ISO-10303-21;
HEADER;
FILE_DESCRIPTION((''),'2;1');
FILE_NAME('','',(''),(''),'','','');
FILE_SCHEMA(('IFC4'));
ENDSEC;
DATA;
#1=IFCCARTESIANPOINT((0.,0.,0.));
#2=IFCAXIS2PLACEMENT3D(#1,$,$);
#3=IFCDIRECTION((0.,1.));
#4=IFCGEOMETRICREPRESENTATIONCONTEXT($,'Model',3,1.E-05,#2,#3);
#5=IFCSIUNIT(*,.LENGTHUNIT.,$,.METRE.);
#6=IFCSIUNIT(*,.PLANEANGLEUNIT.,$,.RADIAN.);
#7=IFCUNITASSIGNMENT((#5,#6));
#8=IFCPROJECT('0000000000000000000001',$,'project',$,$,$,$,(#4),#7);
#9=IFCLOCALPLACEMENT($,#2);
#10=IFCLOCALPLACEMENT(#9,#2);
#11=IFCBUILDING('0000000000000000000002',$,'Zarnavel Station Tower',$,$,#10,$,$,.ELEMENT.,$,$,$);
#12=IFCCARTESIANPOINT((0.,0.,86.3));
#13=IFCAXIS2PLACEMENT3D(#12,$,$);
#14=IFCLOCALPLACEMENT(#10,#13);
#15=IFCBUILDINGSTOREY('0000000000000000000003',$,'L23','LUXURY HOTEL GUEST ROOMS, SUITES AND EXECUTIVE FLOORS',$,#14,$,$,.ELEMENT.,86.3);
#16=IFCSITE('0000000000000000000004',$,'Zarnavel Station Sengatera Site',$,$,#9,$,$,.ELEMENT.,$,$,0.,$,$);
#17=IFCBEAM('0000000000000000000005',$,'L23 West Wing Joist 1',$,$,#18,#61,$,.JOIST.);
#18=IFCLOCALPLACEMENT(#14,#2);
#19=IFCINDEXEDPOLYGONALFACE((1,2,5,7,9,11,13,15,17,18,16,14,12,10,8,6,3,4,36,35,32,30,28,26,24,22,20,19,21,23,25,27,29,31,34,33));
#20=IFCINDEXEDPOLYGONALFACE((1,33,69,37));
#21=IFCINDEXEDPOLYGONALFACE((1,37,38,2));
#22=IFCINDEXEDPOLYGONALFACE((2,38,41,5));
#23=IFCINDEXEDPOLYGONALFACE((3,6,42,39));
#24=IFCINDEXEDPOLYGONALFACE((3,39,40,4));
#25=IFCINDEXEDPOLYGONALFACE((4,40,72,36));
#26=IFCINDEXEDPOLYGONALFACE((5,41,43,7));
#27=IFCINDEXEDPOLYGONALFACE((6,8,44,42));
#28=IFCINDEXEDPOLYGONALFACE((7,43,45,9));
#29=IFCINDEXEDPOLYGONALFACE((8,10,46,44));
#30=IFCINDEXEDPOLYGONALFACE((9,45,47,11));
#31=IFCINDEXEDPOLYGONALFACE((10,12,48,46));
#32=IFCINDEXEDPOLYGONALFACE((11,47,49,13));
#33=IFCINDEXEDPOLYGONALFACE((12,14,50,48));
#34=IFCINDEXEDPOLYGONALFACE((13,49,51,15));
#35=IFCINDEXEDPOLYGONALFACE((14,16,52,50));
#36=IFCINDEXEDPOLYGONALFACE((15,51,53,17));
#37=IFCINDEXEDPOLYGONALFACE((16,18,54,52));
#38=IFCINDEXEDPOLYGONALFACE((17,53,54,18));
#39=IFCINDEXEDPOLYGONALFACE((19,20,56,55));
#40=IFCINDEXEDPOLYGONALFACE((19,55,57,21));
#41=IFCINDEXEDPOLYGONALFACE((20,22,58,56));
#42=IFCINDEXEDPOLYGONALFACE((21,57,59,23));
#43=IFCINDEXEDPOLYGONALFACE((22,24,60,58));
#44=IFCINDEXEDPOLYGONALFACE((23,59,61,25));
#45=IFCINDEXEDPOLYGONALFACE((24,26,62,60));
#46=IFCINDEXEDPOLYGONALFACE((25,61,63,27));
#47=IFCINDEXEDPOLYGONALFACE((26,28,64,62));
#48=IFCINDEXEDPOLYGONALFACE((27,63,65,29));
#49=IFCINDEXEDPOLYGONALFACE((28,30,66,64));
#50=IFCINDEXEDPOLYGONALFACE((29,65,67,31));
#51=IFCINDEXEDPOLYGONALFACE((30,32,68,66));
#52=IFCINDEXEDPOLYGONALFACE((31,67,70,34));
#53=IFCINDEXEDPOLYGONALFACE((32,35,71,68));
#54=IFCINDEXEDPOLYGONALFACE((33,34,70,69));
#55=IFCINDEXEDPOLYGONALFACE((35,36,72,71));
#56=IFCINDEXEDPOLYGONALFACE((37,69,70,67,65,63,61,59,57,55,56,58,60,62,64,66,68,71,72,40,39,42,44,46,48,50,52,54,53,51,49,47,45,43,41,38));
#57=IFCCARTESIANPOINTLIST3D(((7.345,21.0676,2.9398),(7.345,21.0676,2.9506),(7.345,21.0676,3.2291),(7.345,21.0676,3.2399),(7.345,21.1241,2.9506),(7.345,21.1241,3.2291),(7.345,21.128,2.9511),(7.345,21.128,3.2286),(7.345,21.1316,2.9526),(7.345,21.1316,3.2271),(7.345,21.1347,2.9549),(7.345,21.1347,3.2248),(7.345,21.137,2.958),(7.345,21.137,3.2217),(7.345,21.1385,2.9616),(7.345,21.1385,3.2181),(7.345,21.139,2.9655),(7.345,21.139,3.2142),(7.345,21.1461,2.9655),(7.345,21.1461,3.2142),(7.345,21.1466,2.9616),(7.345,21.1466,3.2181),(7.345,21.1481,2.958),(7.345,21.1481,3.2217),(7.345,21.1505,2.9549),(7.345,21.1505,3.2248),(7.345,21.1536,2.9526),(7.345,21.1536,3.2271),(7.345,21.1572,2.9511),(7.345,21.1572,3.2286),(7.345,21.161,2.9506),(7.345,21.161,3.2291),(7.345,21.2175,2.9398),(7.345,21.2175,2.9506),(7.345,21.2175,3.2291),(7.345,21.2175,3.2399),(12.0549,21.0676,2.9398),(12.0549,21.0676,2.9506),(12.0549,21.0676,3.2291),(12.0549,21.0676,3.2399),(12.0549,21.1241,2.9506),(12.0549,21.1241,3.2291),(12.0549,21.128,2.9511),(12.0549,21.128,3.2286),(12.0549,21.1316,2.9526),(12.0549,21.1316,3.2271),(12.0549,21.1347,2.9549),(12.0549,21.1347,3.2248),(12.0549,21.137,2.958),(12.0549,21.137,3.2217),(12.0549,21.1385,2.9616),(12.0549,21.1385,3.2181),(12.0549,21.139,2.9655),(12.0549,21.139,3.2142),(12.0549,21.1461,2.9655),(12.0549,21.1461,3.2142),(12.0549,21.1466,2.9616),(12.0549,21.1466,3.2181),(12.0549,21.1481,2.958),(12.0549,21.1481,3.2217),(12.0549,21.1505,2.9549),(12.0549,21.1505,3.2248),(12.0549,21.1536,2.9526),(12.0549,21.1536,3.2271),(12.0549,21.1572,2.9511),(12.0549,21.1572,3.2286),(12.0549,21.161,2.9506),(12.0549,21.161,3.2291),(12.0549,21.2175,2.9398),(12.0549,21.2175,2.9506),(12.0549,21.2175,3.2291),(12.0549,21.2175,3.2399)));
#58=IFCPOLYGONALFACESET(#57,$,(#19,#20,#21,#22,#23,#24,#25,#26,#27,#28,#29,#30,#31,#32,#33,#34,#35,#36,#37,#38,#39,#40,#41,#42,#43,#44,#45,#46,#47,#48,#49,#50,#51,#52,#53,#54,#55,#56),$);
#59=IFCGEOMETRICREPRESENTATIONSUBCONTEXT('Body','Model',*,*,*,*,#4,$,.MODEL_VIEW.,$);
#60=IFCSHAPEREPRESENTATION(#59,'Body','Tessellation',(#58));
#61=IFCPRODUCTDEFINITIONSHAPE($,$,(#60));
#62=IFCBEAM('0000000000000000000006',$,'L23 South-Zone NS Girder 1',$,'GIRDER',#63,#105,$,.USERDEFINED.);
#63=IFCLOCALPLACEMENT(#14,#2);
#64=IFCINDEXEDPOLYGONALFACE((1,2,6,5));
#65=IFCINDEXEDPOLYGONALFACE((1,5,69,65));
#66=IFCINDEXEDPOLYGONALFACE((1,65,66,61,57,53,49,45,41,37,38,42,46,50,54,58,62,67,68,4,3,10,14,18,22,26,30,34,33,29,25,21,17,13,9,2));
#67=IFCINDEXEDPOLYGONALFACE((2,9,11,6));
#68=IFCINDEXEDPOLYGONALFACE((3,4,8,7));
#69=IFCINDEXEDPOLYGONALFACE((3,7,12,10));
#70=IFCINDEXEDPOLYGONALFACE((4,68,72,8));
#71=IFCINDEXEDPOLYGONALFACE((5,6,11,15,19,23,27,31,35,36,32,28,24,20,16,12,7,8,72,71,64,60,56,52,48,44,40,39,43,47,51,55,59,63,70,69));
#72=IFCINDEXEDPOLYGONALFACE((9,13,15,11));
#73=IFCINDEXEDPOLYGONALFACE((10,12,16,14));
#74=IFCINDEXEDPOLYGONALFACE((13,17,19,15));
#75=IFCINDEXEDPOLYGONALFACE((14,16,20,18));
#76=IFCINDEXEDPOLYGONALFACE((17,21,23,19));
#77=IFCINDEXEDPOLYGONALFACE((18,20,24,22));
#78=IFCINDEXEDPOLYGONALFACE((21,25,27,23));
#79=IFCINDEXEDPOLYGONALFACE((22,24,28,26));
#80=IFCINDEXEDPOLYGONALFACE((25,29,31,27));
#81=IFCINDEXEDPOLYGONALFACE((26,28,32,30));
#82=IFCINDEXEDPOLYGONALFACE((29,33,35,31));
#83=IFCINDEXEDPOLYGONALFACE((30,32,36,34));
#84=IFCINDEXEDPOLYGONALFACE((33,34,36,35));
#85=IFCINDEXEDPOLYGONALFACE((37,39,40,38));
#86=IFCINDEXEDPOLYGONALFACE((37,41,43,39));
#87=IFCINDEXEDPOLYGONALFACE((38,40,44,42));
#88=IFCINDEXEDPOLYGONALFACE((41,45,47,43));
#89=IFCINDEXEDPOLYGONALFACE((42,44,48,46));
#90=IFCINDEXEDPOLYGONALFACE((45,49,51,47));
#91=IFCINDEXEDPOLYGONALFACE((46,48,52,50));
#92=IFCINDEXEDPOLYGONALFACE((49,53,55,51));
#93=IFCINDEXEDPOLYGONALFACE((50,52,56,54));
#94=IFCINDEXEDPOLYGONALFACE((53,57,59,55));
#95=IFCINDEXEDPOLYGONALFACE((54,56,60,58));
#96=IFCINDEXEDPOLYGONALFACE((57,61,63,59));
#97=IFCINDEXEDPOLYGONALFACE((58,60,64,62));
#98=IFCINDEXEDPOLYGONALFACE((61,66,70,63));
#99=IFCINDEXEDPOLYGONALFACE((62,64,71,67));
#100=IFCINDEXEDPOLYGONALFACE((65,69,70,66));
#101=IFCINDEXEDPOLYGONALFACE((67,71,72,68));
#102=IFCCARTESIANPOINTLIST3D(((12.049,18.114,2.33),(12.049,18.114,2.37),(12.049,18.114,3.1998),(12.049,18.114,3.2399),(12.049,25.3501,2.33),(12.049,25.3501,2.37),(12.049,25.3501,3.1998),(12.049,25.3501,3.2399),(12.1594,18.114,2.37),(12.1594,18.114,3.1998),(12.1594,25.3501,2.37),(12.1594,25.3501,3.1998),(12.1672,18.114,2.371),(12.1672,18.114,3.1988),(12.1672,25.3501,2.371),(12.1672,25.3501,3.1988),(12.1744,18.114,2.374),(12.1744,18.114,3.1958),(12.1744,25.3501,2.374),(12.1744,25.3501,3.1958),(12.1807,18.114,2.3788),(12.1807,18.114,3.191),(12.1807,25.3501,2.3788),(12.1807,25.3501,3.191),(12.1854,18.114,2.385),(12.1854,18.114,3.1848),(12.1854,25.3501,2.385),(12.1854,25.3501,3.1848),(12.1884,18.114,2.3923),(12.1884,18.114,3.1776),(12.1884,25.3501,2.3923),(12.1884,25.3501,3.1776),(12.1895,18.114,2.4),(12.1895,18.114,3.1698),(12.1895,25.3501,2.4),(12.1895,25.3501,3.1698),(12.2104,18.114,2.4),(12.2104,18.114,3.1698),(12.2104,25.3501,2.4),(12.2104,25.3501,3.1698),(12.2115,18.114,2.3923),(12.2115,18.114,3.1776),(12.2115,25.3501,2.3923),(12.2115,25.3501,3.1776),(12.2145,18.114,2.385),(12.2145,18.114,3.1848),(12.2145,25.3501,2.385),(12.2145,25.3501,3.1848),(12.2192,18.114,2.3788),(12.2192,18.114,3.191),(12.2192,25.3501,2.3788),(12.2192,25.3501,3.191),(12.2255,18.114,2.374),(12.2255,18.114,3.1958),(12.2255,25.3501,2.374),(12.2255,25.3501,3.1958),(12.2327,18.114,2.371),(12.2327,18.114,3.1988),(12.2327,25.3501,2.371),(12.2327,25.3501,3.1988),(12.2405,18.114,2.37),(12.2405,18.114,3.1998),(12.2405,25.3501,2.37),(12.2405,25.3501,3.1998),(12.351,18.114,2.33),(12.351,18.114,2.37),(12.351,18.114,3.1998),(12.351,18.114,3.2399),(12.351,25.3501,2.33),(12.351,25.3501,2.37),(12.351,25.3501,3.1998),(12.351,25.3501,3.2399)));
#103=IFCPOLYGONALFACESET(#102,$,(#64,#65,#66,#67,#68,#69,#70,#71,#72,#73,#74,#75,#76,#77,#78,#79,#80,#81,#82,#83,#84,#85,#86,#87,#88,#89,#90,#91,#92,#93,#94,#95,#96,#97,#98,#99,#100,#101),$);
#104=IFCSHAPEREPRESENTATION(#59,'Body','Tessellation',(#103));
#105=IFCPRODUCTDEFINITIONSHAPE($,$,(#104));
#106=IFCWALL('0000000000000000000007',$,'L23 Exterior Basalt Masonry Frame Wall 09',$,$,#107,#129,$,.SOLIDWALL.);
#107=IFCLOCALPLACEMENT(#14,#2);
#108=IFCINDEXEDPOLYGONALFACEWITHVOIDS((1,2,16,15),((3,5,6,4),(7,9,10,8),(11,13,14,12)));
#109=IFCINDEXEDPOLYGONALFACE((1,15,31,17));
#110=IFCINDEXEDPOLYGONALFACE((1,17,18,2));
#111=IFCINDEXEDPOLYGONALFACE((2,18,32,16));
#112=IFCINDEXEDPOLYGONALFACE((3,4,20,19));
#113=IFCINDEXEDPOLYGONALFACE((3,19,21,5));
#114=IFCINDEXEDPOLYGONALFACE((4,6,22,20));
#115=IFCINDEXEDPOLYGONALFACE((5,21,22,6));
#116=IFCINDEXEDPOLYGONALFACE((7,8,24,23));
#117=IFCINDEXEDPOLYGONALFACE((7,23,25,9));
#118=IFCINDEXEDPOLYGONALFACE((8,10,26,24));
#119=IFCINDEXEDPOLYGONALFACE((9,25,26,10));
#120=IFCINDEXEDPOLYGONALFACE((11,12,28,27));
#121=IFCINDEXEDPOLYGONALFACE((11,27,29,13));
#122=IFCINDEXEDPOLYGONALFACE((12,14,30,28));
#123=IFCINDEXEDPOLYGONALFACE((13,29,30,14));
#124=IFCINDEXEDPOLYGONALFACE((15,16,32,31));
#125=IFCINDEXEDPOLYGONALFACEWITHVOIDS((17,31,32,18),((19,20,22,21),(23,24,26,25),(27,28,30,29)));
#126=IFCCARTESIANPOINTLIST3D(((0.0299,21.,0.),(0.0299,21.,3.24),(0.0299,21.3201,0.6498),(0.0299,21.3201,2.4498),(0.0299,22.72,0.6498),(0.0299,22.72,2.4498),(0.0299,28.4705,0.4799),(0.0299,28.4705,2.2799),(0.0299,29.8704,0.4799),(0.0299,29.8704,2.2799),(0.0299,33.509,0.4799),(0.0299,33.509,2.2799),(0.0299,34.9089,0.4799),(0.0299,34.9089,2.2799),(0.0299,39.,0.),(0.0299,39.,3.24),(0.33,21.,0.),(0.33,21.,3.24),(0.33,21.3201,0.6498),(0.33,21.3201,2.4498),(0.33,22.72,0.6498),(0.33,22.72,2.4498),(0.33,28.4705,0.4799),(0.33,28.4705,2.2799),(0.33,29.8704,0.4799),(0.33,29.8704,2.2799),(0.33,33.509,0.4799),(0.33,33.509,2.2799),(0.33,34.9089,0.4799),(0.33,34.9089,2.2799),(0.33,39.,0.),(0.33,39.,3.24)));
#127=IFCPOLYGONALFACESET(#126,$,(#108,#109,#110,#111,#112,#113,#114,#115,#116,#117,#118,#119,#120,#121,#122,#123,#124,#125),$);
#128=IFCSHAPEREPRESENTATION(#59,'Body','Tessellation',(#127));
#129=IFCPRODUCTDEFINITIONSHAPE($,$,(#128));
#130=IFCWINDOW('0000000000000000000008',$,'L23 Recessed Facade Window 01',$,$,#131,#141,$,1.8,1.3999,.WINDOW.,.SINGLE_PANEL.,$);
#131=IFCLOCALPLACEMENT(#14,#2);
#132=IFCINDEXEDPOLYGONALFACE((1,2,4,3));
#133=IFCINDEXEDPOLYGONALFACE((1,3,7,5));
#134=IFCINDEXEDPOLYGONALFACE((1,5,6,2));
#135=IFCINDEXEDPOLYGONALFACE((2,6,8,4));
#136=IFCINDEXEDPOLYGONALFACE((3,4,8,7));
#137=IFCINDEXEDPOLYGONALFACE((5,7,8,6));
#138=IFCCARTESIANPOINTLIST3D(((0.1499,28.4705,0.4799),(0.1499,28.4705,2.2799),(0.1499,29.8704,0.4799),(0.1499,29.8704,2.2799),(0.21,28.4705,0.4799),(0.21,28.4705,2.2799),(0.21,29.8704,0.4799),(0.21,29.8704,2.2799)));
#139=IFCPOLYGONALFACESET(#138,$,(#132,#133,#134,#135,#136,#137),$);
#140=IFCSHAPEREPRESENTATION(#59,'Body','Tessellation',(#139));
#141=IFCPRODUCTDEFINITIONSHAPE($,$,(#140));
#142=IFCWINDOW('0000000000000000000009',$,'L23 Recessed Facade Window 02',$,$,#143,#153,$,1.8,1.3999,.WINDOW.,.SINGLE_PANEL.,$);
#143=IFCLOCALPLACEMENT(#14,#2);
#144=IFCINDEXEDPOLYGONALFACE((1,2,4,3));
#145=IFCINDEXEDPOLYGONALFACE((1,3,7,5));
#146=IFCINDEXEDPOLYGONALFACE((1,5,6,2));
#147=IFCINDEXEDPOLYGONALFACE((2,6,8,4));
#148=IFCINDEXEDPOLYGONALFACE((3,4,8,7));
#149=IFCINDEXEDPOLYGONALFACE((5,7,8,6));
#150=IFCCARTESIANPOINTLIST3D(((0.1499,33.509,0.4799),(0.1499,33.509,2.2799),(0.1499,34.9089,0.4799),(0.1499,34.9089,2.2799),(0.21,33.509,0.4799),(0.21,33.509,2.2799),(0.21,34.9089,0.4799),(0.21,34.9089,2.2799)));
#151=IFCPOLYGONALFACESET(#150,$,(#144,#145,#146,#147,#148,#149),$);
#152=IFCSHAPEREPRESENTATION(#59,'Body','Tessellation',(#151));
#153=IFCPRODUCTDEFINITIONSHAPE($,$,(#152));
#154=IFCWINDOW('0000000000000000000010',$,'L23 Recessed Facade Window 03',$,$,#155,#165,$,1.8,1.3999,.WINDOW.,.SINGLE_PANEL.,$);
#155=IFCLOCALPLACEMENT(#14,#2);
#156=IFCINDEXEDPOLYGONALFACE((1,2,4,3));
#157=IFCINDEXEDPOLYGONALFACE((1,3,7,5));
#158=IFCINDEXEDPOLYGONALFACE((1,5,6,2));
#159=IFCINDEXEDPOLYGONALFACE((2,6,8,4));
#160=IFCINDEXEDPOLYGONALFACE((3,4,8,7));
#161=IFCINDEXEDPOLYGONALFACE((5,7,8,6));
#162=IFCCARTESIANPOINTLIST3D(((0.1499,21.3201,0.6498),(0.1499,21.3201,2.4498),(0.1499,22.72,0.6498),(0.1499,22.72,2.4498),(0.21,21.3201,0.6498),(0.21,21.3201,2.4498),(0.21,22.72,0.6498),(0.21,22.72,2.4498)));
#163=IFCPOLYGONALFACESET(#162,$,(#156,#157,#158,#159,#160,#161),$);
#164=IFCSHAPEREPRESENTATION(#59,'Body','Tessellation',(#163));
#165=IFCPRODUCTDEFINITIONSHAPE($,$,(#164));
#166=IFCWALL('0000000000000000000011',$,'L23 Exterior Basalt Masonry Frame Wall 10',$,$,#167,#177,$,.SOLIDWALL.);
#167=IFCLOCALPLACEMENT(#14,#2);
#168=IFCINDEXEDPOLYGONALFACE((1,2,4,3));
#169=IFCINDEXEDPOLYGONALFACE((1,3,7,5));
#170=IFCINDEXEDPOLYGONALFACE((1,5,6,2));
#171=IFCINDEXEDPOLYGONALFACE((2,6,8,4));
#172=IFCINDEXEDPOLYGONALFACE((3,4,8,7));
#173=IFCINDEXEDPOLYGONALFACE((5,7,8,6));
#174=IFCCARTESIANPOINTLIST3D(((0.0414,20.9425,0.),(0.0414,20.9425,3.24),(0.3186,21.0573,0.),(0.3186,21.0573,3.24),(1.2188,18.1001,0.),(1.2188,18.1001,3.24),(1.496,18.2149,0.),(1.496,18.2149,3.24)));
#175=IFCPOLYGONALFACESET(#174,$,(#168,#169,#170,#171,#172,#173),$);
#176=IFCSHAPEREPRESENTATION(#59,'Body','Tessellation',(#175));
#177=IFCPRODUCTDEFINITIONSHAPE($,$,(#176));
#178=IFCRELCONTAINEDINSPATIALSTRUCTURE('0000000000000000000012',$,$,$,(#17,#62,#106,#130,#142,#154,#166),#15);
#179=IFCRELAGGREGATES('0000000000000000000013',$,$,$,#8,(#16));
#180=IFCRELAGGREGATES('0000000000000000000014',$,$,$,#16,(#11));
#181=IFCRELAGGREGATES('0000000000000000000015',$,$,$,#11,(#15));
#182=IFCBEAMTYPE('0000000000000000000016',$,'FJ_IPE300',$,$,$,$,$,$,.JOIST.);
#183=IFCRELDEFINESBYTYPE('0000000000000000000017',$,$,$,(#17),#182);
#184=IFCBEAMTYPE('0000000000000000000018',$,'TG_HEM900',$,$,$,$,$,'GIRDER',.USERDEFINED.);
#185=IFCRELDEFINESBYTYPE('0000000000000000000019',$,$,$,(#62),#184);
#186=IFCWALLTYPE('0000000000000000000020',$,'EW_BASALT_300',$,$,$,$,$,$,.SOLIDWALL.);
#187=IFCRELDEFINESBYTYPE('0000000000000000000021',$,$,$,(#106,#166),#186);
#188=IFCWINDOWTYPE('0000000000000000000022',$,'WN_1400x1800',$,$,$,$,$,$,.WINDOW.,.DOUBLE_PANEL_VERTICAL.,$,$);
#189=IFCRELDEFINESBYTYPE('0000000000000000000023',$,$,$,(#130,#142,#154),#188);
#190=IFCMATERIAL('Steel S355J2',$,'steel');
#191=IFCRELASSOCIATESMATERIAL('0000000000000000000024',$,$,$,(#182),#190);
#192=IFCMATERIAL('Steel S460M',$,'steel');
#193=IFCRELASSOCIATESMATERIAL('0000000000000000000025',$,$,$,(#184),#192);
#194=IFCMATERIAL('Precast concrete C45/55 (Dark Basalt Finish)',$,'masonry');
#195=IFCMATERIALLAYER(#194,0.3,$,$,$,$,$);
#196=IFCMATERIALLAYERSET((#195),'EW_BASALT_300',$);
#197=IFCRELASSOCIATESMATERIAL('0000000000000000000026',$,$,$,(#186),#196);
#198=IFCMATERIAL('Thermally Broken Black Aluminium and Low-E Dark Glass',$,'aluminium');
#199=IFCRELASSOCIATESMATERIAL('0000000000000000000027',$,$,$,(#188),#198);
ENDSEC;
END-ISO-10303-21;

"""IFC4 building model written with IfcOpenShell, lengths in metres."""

from ifc_helpers import new_model, si_unit, direction, frame, frame_2d, origin, origin_2d, place, context, subcontext, project, spatial, rectangle, i_section, extrude, material, layer, layer_set, material_profile, profile_set, type_object, element, fill, save


model = new_model("IFC4")

# Units and contexts
model_context = context("Model", 3, precision=1e-05, world=origin(), true_north=direction((0.0, 1.0)))
body_context = subcontext(model_context, "Body", "Model", "MODEL_VIEW")
ifc_project = project(units=[si_unit("LENGTHUNIT", "METRE"), si_unit("PLANEANGLEUNIT", "RADIAN")], contexts=[model_context])

# Site, building, storey
site_placement = place(None, origin())
site = spatial("IfcSite", under=ifc_project, at=site_placement, Name="Zarnavel Station Sengatera Site", CompositionType="ELEMENT", RefElevation=0.0)
building_placement = place(site_placement, origin())
building = spatial("IfcBuilding", under=site, at=building_placement, Name="Zarnavel Station Tower", CompositionType="ELEMENT")
storey_placement = place(building_placement, frame((0.0, 0.0, 86.3)))
storey = spatial("IfcBuildingStorey", under=building, at=storey_placement, Name="L23", Description="LUXURY HOTEL GUEST ROOMS, SUITES AND EXECUTIVE FLOORS", CompositionType="ELEMENT", Elevation=86.3)

# Beams
ifc_material_1 = material(Name="Steel S355J2", Category="steel")
ifc_material_profile_1 = material_profile(ifc_material_1, i_section(OverallWidth=0.1499, OverallDepth=0.3, WebThickness=0.0071, FlangeThickness=0.0107, FilletRadius=0.0149, at=origin_2d()), Name="IPE300")
ifc_profile_set_1 = profile_set([ifc_material_profile_1], Name="Steel S355J2")
beam_type_1 = type_object("IfcBeamType", Name="FJ_IPE300", PredefinedType="JOIST", material=ifc_profile_set_1)
beam_1_placement = place(storey_placement, frame((7.345, 21.1426, 3.0898), z_axis=(1.0, 0.0, 0.0), x_axis=(0.0, 1.0, 0.0)))
element("IfcBeam", 1, at=beam_1_placement, inside=storey, type_object=beam_type_1, Name="L23 West Wing Joist 1", PredefinedType="JOIST", context=body_context, shape_type="SweptSolid", body=[
    extrude(i_section(OverallWidth=0.1499, OverallDepth=0.3, WebThickness=0.0071, FlangeThickness=0.0107, FilletRadius=0.0149, at=origin_2d()), origin(), (0.0, 0.0, 1.0), 4.71),
])
ifc_material_2 = material(Name="Steel S460M", Category="steel")
ifc_material_profile_2 = material_profile(ifc_material_2, i_section(OverallWidth=0.302, OverallDepth=0.9099, WebThickness=0.021, FlangeThickness=0.04, FilletRadius=0.03, at=origin_2d()), Name="HEM900")
ifc_profile_set_2 = profile_set([ifc_material_profile_2], Name="Steel S460M")
beam_type_2 = type_object("IfcBeamType", Name="TG_HEM900", ElementType="GIRDER", PredefinedType="USERDEFINED", material=ifc_profile_set_2)
beam_2_placement = place(storey_placement, frame((12.2, 18.114, 2.7849), z_axis=(0.0, 1.0, 0.0), x_axis=(-1.0, 0.0, 0.0)))
element("IfcBeam", 2, at=beam_2_placement, inside=storey, type_object=beam_type_2, Name="L23 South-Zone NS Girder 1", ObjectType="GIRDER", PredefinedType="USERDEFINED", context=body_context, shape_type="SweptSolid", body=[
    extrude(i_section(OverallWidth=0.302, OverallDepth=0.9099, WebThickness=0.021, FlangeThickness=0.04, FilletRadius=0.03, at=origin_2d()), origin(), (0.0, 0.0, 1.0), 7.2361),
])

# Wall, openings, windows
ifc_material_3 = material(Name="Precast concrete C45/55 (Dark Basalt Finish)", Category="masonry")
ifc_layer_1 = layer(ifc_material_3, 0.3)
ifc_layer_set_1 = layer_set([ifc_layer_1], Name="EW_BASALT_300")
wall_type_1 = type_object("IfcWallType", Name="EW_BASALT_300", PredefinedType="SOLIDWALL", material=ifc_layer_set_1)
wall_1_placement = place(storey_placement, frame((0.1799, 21.0, 0.0), z_axis=(0.0, 0.0, 1.0), x_axis=(0.0, 1.0, 0.0)))
wall_1 = element("IfcWall", 3, at=wall_1_placement, inside=storey, type_object=wall_type_1, Name="L23 Exterior Basalt Masonry Frame Wall 09", PredefinedType="SOLIDWALL", context=body_context, shape_type="SweptSolid", body=[
    extrude(rectangle(XDim=18.0, YDim=0.3, at=frame_2d((9.0, 0.0))), origin(), (0.0, 0.0, 1.0), 3.24),
])
opening_1_placement = place(wall_1_placement, frame((7.4705, 0.0, 0.48)))
opening_1 = element("IfcOpeningElement", 4, at=opening_1_placement, cuts=wall_1, PredefinedType="OPENING", context=body_context, shape_type="SweptSolid", body=[
    extrude(rectangle(XDim=1.3999, YDim=1.8, at=frame_2d((0.7, 0.8999))), frame((0.0, 0.1599, 0.0), z_axis=(0.0, -1.0, 0.0), x_axis=(1.0, 0.0, 0.0)), (0.0, 0.0, 1.0), 0.3201),
])
opening_2_placement = place(wall_1_placement, frame((12.509, 0.0, 0.48)))
opening_2 = element("IfcOpeningElement", 5, at=opening_2_placement, cuts=wall_1, PredefinedType="OPENING", context=body_context, shape_type="SweptSolid", body=[
    extrude(rectangle(XDim=1.3999, YDim=1.8, at=frame_2d((0.7, 0.8999))), frame((0.0, 0.1599, 0.0), z_axis=(0.0, -1.0, 0.0), x_axis=(1.0, 0.0, 0.0)), (0.0, 0.0, 1.0), 0.3201),
])
opening_3_placement = place(wall_1_placement, frame((0.3201, 0.0, 0.6499)))
opening_3 = element("IfcOpeningElement", 6, at=opening_3_placement, cuts=wall_1, PredefinedType="OPENING", context=body_context, shape_type="SweptSolid", body=[
    extrude(rectangle(XDim=1.3999, YDim=1.8, at=frame_2d((0.7, 0.8999))), frame((0.0, 0.1599, 0.0), z_axis=(0.0, -1.0, 0.0), x_axis=(1.0, 0.0, 0.0)), (0.0, 0.0, 1.0), 0.3201),
])
ifc_material_4 = material(Name="Thermally Broken Black Aluminium and Low-E Dark Glass", Category="aluminium")
window_type = type_object("IfcWindowType", Name="WN_1400x1800", PartitioningType="DOUBLE_PANEL_VERTICAL", PredefinedType="WINDOW", material=ifc_material_4)
window_1_placement = place(opening_1_placement, origin())
window_1 = element("IfcWindow", 7, at=window_1_placement, inside=storey, type_object=window_type, Name="L23 Recessed Facade Window 01", OverallHeight=1.8, OverallWidth=1.3999, PartitioningType="SINGLE_PANEL", PredefinedType="WINDOW", context=body_context, shape_type="SweptSolid", body=[
    extrude(rectangle(XDim=1.3999, YDim=1.8, at=frame_2d((0.7, 0.8999))), frame((0.0, 0.03, 0.0), z_axis=(0.0, -1.0, 0.0), x_axis=(1.0, 0.0, 0.0)), (0.0, 0.0, 1.0), 0.0601),
])
fill(opening_1, window_1)
window_2_placement = place(opening_2_placement, origin())
window_2 = element("IfcWindow", 8, at=window_2_placement, inside=storey, type_object=window_type, Name="L23 Recessed Facade Window 02", OverallHeight=1.8, OverallWidth=1.3999, PartitioningType="SINGLE_PANEL", PredefinedType="WINDOW", context=body_context, shape_type="SweptSolid", body=[
    extrude(rectangle(XDim=1.3999, YDim=1.8, at=frame_2d((0.7, 0.8999))), frame((0.0, 0.03, 0.0), z_axis=(0.0, -1.0, 0.0), x_axis=(1.0, 0.0, 0.0)), (0.0, 0.0, 1.0), 0.0601),
])
fill(opening_2, window_2)
window_3_placement = place(opening_3_placement, origin())
window_3 = element("IfcWindow", 9, at=window_3_placement, inside=storey, type_object=window_type, Name="L23 Recessed Facade Window 03", OverallHeight=1.8, OverallWidth=1.3999, PartitioningType="SINGLE_PANEL", PredefinedType="WINDOW", context=body_context, shape_type="SweptSolid", body=[
    extrude(rectangle(XDim=1.3999, YDim=1.8, at=frame_2d((0.7, 0.8999))), frame((0.0, 0.03, 0.0), z_axis=(0.0, -1.0, 0.0), x_axis=(1.0, 0.0, 0.0)), (0.0, 0.0, 1.0), 0.0601),
])
fill(opening_3, window_3)

# Wall
for number, where, z_axis, x_axis, name in (
    (10, (1.3574, 18.1575, 0.0), (0.0, 0.0, 1.0), (-0.382705, 0.923871, 0.0), "L23 Exterior Basalt Masonry Frame Wall 10"),
):
    element("IfcWall", number, at=place(storey_placement, frame(where, z_axis=z_axis, x_axis=x_axis)), inside=storey, type_object=wall_type_1, Name=name, PredefinedType="SOLIDWALL", context=body_context, shape_type="SweptSolid", body=[
        extrude(rectangle(XDim=3.0767, YDim=0.3, at=frame_2d((1.5383, 0.0))), origin(), (0.0, 0.0, 1.0), 3.24),
    ])

save(model, "model.ifc")
